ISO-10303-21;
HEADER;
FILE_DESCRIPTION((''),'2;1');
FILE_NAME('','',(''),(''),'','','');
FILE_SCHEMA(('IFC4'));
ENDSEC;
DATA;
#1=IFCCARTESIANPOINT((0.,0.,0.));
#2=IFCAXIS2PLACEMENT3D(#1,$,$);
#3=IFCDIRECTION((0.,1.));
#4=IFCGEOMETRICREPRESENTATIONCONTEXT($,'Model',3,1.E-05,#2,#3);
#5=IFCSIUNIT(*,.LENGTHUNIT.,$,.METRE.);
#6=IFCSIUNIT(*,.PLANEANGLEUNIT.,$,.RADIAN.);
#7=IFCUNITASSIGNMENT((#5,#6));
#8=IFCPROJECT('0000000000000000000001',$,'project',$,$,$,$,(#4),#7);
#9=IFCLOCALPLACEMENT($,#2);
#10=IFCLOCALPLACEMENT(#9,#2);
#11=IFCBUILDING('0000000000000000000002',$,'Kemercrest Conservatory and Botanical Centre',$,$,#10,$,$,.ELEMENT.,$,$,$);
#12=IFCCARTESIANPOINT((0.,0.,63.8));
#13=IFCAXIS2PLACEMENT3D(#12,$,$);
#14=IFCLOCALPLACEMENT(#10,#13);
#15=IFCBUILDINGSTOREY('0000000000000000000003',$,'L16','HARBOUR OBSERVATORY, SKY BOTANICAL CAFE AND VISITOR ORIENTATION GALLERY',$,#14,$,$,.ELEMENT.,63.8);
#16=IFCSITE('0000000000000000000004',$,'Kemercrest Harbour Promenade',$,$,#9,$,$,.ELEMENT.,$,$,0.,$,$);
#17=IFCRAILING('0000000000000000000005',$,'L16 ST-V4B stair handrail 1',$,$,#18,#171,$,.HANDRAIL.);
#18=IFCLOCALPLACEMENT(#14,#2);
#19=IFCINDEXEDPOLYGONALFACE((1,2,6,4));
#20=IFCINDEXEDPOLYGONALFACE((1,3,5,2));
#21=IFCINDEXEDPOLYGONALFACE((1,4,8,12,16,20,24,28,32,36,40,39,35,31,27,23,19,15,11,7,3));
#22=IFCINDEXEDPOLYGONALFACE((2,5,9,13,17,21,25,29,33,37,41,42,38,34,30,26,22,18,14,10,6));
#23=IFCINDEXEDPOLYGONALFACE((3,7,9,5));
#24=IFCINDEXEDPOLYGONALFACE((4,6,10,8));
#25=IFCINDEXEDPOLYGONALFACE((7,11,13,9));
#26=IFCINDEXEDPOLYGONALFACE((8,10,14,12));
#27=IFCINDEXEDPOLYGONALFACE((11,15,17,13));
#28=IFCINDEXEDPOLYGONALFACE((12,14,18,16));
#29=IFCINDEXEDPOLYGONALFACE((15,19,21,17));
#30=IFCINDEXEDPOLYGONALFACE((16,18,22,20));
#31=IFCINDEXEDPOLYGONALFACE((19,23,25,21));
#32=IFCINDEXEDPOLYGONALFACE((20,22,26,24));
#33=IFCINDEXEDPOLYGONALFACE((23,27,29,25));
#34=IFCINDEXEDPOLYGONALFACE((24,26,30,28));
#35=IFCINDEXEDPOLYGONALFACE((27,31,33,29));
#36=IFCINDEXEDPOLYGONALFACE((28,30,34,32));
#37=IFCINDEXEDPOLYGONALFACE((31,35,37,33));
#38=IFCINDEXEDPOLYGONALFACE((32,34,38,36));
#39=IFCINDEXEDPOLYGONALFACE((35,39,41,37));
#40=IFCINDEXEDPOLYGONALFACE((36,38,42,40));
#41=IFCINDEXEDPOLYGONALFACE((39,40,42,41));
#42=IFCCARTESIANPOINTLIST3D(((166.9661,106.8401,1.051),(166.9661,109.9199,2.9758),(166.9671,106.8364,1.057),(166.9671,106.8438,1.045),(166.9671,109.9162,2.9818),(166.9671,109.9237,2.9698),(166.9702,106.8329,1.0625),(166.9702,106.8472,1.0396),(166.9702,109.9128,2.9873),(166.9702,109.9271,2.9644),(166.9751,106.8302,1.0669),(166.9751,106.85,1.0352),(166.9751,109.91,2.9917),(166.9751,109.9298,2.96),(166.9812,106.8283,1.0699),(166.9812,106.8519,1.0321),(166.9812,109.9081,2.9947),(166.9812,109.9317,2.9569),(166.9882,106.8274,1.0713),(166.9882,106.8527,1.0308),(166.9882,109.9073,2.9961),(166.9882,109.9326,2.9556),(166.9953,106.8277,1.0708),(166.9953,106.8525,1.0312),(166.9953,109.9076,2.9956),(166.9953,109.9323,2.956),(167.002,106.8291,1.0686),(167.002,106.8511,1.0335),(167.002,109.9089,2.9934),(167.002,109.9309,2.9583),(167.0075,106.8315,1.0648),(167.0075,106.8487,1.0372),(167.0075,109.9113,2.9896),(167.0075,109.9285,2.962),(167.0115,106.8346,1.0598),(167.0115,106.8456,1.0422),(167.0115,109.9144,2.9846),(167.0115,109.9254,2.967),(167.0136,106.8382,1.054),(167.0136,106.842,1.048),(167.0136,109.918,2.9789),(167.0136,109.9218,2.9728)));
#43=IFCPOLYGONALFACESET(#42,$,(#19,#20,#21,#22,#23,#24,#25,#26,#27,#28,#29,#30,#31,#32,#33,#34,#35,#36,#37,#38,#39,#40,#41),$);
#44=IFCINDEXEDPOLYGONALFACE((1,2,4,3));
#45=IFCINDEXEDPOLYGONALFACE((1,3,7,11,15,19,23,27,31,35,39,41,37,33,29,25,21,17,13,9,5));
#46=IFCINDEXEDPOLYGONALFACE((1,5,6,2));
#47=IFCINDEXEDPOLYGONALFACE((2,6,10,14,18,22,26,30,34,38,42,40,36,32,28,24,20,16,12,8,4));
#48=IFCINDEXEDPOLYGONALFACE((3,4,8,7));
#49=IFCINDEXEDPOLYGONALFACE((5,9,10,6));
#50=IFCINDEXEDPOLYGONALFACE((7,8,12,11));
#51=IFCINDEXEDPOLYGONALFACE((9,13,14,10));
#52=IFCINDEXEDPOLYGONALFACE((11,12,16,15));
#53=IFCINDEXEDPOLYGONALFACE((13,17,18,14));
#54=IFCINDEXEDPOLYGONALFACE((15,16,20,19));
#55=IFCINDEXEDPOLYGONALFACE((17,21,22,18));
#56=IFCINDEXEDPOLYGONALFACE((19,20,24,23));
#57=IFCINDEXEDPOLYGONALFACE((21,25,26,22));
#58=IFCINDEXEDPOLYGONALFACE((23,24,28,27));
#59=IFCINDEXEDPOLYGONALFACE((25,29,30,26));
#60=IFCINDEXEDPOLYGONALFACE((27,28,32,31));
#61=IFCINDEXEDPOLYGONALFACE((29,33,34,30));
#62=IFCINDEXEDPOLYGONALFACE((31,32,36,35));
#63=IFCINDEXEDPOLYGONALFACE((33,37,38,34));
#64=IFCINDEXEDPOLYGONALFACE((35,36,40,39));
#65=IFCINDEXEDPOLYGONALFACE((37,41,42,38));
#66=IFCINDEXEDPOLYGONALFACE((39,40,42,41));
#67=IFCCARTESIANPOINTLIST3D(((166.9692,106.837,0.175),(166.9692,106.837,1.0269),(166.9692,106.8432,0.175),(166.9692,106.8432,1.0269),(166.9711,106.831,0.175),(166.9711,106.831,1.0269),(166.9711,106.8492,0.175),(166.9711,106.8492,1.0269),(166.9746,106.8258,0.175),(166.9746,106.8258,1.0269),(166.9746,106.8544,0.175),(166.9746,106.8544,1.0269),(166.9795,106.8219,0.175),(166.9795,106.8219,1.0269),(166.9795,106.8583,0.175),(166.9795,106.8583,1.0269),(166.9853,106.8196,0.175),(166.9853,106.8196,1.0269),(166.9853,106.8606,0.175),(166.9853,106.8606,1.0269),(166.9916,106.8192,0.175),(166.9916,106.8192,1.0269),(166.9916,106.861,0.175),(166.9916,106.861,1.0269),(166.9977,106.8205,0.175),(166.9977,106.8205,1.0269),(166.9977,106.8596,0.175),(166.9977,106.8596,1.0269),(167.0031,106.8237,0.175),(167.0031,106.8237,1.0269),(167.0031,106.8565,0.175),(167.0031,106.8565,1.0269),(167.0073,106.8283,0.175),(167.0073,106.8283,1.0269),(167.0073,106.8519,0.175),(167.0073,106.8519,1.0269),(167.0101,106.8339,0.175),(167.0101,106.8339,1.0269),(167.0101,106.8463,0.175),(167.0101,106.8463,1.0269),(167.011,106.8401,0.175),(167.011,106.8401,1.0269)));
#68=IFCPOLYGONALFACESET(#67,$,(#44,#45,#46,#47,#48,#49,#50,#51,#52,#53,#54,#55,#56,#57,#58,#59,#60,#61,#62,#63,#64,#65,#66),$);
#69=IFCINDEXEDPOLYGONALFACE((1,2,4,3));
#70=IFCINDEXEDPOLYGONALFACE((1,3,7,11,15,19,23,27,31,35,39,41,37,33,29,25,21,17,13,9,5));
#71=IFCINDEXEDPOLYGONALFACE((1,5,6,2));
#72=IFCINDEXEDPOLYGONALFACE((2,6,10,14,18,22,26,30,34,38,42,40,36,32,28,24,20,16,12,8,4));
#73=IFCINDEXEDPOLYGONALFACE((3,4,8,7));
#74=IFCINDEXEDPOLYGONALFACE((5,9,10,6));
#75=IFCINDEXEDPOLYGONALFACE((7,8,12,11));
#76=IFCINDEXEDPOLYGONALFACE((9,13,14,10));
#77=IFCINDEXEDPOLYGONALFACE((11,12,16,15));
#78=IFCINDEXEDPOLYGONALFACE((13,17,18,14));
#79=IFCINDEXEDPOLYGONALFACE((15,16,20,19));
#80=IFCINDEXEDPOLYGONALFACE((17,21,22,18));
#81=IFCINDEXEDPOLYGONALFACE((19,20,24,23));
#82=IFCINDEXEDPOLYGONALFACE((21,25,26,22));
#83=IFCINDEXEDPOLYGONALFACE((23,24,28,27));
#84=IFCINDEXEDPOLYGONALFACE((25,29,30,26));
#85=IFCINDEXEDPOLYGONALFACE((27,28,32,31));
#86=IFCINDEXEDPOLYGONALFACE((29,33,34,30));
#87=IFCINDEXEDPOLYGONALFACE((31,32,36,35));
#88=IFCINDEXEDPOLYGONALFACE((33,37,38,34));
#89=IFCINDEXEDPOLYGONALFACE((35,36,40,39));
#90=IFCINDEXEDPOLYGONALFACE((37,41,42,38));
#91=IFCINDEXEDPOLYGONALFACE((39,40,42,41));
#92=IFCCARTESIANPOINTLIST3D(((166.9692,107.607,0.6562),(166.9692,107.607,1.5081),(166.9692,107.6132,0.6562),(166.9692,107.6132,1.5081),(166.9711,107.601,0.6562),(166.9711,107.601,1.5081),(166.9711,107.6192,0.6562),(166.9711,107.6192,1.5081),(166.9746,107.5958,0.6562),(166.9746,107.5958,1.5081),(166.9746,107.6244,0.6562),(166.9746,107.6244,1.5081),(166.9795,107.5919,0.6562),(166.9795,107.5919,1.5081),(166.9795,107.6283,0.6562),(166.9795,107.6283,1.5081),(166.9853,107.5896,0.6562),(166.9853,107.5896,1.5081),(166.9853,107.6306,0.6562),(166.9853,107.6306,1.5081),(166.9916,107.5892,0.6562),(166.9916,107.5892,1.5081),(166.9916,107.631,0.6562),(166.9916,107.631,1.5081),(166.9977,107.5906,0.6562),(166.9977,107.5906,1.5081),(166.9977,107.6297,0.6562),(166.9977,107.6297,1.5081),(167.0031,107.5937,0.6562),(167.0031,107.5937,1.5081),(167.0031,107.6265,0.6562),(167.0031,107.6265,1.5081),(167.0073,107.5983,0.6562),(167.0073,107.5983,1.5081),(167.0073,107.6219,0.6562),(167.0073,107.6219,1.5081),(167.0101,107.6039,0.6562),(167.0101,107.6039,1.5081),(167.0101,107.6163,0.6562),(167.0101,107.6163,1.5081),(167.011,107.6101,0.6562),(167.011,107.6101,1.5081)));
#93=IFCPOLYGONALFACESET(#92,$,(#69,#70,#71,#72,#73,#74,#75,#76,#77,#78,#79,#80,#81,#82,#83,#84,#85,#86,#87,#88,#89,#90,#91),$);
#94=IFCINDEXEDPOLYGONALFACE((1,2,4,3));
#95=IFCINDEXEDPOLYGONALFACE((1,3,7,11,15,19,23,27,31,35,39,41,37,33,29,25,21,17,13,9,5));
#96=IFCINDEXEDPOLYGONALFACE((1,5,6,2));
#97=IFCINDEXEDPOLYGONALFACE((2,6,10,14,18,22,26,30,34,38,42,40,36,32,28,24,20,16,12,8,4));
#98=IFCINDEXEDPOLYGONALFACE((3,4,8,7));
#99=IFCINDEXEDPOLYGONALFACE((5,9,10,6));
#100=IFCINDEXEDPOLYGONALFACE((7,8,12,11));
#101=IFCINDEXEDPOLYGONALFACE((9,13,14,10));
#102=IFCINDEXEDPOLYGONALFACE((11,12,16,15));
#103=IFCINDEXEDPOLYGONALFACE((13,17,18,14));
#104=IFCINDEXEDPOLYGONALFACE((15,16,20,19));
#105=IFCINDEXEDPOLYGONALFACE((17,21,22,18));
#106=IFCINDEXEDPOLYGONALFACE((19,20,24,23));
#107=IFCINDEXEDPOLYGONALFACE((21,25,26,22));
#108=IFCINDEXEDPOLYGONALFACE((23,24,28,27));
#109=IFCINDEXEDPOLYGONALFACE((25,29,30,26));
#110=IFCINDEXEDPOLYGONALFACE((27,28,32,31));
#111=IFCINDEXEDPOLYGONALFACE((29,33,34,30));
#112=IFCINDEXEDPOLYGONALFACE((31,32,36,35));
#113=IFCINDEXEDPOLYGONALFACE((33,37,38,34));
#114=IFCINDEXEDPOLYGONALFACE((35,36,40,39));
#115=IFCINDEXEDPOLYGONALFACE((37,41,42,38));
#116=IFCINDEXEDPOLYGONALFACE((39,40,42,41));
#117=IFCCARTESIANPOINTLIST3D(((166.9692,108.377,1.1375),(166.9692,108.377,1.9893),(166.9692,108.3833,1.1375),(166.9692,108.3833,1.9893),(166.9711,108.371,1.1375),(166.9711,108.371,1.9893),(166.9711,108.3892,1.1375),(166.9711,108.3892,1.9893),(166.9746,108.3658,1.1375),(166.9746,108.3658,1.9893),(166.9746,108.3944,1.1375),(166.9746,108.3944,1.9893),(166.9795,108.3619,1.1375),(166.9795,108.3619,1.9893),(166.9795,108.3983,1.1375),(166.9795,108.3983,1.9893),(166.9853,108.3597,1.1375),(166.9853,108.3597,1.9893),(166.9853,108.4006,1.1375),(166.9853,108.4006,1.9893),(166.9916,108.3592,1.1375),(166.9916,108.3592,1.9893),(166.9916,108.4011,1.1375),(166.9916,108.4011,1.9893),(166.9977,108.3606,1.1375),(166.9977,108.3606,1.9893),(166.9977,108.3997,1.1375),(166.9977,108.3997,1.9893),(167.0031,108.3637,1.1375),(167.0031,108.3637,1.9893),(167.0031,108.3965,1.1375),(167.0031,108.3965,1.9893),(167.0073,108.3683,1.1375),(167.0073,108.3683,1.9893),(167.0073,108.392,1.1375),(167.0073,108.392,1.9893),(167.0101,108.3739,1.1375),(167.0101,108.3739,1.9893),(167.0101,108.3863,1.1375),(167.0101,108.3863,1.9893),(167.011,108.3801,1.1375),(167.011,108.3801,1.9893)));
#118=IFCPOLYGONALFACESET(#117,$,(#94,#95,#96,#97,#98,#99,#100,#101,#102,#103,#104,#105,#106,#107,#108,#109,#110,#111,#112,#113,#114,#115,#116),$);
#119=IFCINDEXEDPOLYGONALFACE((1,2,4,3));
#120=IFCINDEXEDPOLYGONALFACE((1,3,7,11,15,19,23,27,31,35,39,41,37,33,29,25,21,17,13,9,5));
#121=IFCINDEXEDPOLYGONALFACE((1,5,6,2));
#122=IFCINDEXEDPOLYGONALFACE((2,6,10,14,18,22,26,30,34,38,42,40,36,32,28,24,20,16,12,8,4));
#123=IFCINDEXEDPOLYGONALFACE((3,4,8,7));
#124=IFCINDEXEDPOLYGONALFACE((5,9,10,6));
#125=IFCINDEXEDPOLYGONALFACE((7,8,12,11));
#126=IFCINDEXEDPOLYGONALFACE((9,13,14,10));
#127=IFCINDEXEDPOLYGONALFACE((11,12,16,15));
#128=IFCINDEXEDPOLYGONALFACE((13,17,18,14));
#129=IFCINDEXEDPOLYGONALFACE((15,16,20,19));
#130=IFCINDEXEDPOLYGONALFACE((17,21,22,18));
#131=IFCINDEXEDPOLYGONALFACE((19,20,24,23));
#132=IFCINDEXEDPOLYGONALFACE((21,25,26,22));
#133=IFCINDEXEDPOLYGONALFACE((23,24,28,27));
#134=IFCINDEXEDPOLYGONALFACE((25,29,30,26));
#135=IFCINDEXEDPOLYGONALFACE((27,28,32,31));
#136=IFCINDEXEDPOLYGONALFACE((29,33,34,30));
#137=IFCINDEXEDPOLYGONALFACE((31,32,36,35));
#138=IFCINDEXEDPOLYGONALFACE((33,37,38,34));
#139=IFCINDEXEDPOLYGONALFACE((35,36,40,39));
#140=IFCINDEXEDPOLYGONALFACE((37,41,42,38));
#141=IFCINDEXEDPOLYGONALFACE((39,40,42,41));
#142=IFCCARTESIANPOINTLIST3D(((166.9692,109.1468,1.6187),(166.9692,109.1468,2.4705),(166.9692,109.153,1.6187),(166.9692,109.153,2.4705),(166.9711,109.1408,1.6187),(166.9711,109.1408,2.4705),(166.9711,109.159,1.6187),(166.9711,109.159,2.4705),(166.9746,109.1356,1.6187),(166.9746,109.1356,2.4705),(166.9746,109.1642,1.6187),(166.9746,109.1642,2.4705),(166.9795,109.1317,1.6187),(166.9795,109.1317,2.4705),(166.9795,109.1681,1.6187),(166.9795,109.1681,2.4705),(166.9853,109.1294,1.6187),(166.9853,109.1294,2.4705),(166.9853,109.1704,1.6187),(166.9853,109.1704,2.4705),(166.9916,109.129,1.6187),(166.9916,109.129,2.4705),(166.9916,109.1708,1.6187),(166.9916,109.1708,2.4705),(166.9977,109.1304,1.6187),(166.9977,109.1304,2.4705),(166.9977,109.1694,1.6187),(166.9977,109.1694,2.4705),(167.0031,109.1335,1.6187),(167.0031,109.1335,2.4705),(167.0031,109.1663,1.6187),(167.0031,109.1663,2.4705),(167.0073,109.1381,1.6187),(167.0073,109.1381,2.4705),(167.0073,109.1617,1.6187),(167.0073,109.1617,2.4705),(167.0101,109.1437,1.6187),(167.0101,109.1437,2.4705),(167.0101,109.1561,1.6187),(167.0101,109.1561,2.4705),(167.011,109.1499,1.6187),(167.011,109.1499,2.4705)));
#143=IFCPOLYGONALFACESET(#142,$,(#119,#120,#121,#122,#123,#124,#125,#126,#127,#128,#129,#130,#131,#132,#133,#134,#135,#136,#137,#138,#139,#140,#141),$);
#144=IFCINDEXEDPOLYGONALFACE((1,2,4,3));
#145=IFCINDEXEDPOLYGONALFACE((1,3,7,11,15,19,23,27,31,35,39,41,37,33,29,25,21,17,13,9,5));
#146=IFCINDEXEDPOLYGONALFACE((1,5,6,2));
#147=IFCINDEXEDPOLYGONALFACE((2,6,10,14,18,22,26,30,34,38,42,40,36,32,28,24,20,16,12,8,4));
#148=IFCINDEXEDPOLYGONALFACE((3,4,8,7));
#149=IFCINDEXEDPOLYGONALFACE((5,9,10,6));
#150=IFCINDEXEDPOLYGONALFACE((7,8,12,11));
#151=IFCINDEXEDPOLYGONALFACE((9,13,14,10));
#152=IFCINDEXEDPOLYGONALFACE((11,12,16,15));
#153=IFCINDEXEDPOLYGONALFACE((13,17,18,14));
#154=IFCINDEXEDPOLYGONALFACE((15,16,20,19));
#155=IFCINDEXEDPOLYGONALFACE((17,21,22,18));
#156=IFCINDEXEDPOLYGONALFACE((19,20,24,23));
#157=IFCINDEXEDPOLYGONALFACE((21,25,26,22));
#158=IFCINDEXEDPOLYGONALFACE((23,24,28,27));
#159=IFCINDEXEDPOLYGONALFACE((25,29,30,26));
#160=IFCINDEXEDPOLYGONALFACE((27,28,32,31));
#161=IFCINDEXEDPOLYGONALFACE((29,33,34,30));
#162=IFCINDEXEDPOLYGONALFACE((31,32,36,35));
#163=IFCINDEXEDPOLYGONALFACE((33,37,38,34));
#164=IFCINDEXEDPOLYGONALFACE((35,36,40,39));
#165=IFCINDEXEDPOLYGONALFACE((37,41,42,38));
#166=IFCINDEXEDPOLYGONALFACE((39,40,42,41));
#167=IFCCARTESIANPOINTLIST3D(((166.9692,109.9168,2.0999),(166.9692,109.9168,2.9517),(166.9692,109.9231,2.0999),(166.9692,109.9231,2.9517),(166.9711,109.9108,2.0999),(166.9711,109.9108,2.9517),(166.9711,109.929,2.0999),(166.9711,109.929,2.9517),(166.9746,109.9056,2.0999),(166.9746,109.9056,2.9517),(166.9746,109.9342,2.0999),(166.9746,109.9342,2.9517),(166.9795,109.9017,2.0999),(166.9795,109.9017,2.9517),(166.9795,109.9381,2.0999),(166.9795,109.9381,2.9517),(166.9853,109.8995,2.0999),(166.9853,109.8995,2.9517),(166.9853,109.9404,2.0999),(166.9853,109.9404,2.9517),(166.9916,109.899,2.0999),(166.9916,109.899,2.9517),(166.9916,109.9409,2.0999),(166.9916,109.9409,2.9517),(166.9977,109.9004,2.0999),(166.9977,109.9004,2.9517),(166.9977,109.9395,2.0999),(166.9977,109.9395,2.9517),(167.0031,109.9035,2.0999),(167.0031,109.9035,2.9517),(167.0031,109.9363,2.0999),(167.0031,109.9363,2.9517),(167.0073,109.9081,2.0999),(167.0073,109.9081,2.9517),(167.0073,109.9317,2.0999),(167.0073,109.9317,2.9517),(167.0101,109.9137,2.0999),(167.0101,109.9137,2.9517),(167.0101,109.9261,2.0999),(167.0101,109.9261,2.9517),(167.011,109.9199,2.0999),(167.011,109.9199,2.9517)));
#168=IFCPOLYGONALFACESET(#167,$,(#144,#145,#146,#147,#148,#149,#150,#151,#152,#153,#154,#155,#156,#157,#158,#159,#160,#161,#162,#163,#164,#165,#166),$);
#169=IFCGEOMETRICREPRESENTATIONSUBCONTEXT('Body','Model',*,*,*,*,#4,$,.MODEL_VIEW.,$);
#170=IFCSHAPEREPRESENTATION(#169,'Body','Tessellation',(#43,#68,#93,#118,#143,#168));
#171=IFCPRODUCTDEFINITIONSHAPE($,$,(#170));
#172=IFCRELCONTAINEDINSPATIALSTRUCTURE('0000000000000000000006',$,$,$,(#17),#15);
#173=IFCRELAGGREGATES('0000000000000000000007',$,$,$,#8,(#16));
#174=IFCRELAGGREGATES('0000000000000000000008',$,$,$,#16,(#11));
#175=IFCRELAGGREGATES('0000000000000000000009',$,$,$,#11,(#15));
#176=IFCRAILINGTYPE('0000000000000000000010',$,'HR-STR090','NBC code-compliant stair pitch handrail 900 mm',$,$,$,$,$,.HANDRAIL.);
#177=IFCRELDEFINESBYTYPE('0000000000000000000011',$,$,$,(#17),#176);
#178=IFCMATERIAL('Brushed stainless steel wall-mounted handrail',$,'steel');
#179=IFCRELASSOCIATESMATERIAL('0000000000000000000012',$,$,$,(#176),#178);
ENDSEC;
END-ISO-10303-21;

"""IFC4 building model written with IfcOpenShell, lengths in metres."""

from ifc_helpers import new_model, si_unit, direction, frame, origin, origin_2d, place, context, subcontext, project, spatial, circle, extrude, material, type_object, element, save


model = new_model("IFC4")

# Units and contexts
model_context = context("Model", 3, precision=1e-05, world=origin(), true_north=direction((0.0, 1.0)))
body_context = subcontext(model_context, "Body", "Model", "MODEL_VIEW")
ifc_project = project(units=[si_unit("LENGTHUNIT", "METRE"), si_unit("PLANEANGLEUNIT", "RADIAN")], contexts=[model_context])

# Site, building, storey
site_placement = place(None, origin())
site = spatial("IfcSite", under=ifc_project, at=site_placement, Name="Kemercrest Harbour Promenade", CompositionType="ELEMENT", RefElevation=0.0)
building_placement = place(site_placement, origin())
building = spatial("IfcBuilding", under=site, at=building_placement, Name="Kemercrest Conservatory and Botanical Centre", CompositionType="ELEMENT")
storey_placement = place(building_placement, frame((0.0, 0.0, 63.8)))
storey = spatial("IfcBuildingStorey", under=building, at=storey_placement, Name="L16", Description="HARBOUR OBSERVATORY, SKY BOTANICAL CAFE AND VISITOR ORIENTATION GALLERY", CompositionType="ELEMENT", Elevation=63.8)

# Railing
ifc_material_1 = material(Name="Brushed stainless steel wall-mounted handrail", Category="steel")
railing_type_1 = type_object("IfcRailingType", Name="HR-STR090", Description="NBC code-compliant stair pitch handrail 900 mm", PredefinedType="HANDRAIL", material=ifc_material_1)
railing_1_placement = place(storey_placement, frame((166.99, 106.8401, 0.175)))
element("IfcRailing", 1, at=railing_1_placement, inside=storey, type_object=railing_type_1, Name="L16 ST-V4B stair handrail 1", PredefinedType="HANDRAIL", context=body_context, shape_type="SweptSolid", body=[
    extrude(circle(Radius=0.0239, at=origin_2d()), frame((0.0, 0.0, 0.876), z_axis=(0.0, 0.84801, 0.529981), x_axis=(-1.0, 0.0, 0.0)), (0.0, 0.0, 1.0), 3.6318),
    extrude(circle(Radius=0.021, at=origin_2d()), origin(), (0.0, 0.0, 1.0), 0.8518),
    extrude(circle(Radius=0.021, at=origin_2d()), frame((0.0, 0.77, 0.4812)), (0.0, 0.0, 1.0), 0.8518),
    extrude(circle(Radius=0.021, at=origin_2d()), frame((0.0, 1.54, 0.9624)), (0.0, 0.0, 1.0), 0.8518),
    extrude(circle(Radius=0.021, at=origin_2d()), frame((0.0, 2.3098, 1.4436)), (0.0, 0.0, 1.0), 0.8518),
    extrude(circle(Radius=0.021, at=origin_2d()), frame((0.0, 3.0798, 1.9248)), (0.0, 0.0, 1.0), 0.8518),
])

save(model, "model.ifc")
